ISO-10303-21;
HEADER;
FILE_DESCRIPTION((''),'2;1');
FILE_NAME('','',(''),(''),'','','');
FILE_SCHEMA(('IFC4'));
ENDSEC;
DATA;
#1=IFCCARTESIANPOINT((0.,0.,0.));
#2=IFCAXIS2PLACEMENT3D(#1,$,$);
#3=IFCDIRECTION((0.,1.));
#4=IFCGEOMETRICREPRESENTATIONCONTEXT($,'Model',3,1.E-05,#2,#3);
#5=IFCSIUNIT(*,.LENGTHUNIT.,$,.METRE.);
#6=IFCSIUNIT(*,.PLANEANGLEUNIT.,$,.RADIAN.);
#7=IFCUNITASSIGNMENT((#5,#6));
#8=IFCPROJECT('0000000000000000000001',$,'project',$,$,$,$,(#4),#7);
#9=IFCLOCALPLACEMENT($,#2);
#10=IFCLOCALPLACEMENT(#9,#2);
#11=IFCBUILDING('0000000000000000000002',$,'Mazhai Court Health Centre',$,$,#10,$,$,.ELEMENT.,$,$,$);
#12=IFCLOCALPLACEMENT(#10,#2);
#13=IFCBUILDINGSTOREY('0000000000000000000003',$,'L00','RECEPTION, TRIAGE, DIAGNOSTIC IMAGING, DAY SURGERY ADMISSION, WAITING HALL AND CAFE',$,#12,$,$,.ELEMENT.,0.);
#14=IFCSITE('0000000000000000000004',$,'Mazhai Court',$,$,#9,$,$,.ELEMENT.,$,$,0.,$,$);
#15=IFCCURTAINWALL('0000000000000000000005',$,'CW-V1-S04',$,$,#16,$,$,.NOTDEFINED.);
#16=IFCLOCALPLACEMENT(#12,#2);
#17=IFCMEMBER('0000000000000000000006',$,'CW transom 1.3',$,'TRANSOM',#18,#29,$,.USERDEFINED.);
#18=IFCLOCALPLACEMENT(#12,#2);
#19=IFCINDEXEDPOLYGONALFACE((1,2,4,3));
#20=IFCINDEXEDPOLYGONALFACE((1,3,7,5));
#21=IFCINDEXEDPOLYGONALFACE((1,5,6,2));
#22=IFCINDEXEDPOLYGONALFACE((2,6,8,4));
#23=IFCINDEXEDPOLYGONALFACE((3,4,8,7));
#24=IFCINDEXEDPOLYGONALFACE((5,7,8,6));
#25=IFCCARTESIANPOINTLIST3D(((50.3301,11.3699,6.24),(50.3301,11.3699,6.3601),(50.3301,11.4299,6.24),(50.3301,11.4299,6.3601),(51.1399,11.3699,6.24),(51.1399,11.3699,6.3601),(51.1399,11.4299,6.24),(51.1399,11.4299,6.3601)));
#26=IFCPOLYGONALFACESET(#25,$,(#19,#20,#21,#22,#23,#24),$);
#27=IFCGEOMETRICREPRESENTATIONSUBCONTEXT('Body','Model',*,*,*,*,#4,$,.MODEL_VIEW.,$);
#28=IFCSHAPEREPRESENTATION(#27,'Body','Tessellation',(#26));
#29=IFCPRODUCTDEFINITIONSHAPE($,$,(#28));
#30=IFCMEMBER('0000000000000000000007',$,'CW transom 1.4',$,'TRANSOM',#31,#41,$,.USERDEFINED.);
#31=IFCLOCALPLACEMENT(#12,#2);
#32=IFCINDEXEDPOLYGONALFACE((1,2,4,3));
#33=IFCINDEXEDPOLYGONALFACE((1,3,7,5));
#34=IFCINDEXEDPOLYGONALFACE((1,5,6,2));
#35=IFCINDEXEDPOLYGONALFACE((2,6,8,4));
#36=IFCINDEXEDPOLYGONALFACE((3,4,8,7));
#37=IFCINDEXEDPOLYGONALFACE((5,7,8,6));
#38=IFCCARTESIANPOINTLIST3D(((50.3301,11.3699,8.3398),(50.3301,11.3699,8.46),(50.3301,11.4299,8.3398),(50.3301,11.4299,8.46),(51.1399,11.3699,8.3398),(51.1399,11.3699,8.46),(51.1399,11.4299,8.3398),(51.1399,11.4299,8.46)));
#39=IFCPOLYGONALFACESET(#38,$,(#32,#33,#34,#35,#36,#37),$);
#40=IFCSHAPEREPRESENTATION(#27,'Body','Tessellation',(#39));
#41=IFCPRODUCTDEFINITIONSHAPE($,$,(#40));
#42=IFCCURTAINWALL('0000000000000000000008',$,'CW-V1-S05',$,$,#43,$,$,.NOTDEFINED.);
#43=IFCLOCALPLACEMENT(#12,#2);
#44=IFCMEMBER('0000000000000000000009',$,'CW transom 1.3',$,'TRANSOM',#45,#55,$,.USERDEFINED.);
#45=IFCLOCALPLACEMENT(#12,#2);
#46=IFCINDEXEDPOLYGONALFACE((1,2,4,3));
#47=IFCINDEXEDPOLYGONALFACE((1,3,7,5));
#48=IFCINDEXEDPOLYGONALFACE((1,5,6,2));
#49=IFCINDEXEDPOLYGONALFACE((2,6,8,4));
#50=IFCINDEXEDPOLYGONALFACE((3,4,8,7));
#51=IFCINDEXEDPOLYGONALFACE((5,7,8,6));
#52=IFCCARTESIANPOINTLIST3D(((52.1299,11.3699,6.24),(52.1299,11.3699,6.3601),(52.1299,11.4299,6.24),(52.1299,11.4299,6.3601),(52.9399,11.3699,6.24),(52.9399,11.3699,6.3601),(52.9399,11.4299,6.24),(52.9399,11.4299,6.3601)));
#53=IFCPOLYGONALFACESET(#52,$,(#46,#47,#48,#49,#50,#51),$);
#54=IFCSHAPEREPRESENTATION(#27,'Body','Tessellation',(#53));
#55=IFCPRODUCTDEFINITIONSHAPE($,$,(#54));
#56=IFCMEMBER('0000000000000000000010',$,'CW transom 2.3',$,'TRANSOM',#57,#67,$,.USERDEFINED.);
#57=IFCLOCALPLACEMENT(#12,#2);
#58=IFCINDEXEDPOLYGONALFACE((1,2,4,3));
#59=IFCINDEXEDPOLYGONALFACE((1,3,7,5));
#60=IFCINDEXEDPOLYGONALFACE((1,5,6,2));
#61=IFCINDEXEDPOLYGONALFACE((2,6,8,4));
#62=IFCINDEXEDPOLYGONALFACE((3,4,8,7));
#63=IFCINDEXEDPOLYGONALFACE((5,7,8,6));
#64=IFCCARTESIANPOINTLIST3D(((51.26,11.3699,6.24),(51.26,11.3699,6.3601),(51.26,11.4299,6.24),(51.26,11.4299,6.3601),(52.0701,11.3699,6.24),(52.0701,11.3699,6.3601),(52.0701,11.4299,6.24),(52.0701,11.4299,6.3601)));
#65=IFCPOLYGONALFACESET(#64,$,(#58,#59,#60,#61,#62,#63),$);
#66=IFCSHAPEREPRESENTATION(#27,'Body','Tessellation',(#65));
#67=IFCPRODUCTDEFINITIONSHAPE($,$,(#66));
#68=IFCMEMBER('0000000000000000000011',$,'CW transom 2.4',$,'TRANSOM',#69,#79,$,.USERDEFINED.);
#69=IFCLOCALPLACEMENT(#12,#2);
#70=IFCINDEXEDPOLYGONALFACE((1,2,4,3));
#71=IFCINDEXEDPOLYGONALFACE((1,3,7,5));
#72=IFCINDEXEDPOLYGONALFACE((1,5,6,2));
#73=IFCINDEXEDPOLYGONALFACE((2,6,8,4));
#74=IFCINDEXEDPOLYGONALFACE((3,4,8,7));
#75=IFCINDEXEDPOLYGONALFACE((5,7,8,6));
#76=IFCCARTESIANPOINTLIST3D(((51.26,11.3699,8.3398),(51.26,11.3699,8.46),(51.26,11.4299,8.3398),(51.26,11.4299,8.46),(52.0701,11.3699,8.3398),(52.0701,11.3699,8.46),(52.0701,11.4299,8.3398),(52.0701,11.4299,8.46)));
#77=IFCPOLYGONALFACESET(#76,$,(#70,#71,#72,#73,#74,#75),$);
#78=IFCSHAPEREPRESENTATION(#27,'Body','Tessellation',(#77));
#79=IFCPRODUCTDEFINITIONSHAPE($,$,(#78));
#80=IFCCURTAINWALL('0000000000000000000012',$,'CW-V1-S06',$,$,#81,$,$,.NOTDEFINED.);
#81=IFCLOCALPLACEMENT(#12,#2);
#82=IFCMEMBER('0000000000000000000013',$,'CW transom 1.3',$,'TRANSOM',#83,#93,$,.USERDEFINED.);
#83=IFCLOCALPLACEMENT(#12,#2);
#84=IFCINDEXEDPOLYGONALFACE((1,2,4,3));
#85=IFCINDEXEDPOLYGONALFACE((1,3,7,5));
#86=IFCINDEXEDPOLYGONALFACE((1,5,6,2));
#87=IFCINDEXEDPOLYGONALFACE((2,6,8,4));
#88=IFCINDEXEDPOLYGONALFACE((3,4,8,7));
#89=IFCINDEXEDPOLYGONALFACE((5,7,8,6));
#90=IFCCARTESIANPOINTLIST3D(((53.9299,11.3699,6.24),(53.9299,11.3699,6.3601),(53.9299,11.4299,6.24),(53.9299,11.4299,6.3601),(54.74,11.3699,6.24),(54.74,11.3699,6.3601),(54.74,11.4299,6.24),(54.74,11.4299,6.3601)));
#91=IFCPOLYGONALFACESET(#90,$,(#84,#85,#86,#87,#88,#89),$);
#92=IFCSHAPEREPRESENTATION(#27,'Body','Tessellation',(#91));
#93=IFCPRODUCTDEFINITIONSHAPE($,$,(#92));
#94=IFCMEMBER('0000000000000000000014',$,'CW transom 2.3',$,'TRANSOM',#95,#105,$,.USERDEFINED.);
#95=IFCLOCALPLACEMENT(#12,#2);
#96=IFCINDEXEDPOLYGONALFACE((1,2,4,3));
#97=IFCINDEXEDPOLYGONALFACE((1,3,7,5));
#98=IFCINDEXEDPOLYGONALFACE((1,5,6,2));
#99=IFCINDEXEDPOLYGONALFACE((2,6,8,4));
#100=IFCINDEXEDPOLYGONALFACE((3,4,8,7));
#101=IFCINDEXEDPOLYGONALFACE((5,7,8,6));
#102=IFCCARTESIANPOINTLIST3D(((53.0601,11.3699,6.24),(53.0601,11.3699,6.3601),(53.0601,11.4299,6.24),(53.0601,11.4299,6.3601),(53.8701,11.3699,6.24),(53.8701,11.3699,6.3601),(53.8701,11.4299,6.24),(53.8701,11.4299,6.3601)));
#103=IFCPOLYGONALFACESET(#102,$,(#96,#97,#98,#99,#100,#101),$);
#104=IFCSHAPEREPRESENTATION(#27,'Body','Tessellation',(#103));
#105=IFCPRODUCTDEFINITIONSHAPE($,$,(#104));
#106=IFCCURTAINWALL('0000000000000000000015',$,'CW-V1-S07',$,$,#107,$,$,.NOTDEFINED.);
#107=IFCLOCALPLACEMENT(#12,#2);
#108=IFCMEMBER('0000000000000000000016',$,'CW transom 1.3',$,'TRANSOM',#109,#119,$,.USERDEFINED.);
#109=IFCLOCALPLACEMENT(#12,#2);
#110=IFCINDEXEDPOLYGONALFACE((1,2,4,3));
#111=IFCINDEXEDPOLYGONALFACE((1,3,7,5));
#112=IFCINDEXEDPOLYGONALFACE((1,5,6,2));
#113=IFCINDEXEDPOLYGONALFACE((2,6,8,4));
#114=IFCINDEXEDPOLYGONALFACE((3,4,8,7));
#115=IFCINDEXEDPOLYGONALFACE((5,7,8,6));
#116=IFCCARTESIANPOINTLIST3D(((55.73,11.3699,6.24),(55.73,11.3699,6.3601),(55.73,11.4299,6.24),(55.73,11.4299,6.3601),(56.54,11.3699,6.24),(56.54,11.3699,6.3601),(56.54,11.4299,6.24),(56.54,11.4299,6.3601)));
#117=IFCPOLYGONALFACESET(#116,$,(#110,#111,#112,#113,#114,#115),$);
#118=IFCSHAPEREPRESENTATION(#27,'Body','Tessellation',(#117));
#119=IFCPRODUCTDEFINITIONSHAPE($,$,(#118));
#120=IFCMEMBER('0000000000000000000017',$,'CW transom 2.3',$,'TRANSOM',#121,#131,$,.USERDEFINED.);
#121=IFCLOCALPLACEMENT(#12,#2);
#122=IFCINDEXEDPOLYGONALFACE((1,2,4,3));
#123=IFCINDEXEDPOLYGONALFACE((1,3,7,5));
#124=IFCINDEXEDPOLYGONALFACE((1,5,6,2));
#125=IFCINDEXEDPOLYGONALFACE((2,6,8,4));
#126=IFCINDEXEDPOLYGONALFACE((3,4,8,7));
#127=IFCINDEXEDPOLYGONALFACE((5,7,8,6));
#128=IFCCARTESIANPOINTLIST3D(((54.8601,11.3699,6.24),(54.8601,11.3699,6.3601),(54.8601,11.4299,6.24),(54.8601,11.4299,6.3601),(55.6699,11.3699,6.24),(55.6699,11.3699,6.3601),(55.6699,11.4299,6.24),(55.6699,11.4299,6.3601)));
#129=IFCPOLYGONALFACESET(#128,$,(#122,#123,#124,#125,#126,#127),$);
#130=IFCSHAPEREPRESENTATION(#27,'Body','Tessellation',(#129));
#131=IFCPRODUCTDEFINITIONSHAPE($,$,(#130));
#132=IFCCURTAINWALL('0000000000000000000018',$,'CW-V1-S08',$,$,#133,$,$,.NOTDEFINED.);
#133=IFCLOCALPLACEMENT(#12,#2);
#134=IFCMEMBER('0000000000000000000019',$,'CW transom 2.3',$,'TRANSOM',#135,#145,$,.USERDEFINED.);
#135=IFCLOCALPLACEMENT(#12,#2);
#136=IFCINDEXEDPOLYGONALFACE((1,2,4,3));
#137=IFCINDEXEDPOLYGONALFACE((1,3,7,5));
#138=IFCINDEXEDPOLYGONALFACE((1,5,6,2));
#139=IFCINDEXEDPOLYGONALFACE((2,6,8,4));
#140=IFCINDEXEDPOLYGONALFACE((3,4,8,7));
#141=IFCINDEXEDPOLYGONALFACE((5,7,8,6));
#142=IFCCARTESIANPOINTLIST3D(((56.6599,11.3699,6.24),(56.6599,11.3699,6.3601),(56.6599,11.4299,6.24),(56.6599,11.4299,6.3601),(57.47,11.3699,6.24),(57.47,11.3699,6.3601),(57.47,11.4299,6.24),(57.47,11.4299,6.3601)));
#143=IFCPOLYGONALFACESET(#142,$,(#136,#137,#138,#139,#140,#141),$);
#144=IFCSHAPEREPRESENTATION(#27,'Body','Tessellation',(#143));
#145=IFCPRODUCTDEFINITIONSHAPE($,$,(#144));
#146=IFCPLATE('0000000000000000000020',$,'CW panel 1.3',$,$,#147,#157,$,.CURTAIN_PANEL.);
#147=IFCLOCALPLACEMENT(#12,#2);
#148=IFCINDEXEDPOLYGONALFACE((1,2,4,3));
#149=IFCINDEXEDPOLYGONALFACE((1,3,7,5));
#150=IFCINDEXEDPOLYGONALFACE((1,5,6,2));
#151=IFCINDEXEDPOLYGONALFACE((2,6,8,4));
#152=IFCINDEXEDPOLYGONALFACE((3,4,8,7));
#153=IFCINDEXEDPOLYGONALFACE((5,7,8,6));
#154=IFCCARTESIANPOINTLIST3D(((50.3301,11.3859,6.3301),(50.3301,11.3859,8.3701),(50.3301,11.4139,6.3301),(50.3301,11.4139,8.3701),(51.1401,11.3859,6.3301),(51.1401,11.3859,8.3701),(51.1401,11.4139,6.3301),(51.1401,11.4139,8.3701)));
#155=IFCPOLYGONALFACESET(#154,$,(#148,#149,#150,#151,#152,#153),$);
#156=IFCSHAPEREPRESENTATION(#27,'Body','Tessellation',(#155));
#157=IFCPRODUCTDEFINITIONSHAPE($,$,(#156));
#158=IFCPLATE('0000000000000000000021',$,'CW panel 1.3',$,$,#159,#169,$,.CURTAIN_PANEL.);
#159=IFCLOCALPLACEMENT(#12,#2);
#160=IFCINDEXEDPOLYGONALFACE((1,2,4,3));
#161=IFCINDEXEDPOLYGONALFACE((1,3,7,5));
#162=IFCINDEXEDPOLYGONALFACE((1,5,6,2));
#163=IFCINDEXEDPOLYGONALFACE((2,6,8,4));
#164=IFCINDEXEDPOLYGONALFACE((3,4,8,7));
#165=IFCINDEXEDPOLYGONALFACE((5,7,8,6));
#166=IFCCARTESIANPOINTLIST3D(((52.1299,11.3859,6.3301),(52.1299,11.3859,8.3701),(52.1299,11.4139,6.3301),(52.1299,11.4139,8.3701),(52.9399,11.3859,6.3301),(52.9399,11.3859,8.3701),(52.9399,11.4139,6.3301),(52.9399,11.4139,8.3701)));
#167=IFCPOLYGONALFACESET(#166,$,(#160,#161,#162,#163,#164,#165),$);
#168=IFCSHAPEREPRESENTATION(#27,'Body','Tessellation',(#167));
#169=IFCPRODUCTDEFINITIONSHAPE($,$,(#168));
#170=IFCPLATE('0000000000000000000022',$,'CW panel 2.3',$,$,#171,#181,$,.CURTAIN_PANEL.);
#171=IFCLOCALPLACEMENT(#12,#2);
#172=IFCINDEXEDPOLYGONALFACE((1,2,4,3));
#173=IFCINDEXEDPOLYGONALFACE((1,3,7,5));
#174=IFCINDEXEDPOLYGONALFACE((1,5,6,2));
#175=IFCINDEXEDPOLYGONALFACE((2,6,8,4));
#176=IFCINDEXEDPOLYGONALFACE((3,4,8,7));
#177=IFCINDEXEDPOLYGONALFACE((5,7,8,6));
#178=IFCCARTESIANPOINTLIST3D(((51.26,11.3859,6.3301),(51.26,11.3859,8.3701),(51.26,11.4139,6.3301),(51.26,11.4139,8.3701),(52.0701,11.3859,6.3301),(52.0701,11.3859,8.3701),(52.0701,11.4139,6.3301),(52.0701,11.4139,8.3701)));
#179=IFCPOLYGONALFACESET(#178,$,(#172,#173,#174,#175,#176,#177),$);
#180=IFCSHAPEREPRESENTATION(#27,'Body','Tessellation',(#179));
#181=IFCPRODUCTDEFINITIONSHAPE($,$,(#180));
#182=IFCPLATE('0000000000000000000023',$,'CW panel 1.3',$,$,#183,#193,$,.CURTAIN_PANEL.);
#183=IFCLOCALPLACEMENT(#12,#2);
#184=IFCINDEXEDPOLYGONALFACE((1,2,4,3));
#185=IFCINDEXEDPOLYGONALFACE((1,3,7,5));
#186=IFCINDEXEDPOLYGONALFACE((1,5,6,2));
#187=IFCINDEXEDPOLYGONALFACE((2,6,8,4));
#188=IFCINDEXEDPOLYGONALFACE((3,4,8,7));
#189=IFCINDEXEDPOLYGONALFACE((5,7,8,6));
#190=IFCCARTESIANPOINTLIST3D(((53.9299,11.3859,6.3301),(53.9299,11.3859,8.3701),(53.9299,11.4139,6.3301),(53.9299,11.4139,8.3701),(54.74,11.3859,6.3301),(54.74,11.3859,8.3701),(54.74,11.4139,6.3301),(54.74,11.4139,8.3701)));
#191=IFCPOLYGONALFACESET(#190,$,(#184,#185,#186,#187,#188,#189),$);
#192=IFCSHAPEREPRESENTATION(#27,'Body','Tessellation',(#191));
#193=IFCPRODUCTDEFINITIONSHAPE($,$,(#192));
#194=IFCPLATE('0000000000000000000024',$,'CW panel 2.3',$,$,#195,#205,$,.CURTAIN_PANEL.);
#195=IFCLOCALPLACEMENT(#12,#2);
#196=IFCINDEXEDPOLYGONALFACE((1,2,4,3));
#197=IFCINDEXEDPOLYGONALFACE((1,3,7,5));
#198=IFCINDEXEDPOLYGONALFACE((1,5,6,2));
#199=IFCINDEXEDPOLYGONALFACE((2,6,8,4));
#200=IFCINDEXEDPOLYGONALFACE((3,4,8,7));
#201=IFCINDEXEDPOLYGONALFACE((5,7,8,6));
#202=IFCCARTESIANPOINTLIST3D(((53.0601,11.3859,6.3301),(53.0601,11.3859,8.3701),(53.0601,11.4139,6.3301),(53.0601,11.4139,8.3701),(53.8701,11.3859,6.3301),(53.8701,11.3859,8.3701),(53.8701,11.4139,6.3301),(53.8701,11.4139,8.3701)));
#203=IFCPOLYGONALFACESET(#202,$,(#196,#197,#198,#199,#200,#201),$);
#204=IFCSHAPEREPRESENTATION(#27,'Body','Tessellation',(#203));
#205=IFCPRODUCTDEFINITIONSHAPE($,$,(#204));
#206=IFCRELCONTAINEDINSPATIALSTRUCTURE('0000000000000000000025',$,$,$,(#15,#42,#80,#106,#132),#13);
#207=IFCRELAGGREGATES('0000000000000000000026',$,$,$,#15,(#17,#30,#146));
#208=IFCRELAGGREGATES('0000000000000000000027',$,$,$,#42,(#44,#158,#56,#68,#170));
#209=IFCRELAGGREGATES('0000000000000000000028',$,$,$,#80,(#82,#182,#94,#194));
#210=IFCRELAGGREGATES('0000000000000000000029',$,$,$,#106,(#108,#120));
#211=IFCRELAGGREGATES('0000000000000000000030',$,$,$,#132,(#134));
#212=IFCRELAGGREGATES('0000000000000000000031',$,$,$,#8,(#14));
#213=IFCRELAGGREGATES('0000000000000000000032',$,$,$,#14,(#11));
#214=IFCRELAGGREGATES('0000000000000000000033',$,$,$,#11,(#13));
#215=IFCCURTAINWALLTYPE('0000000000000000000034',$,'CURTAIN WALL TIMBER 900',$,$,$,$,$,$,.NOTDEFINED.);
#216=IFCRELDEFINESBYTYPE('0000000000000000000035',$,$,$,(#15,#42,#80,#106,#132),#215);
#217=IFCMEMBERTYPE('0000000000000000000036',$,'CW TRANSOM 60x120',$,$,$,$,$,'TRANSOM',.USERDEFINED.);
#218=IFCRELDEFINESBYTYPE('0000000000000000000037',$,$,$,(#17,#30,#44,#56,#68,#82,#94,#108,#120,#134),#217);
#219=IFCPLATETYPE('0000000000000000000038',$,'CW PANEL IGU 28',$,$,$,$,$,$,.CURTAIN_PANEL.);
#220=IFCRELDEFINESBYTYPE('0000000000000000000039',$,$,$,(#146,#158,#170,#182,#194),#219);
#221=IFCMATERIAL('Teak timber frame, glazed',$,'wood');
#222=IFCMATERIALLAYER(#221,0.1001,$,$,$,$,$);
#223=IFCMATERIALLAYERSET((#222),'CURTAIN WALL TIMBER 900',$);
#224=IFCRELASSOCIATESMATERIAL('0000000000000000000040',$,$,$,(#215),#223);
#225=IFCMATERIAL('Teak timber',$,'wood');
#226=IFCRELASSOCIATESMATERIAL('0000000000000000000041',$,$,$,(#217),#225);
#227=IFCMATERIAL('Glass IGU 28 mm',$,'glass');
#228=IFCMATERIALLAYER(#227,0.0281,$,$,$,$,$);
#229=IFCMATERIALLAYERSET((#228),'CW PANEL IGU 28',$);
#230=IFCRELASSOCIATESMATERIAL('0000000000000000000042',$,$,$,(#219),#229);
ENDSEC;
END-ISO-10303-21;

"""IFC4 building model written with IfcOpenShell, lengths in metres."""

from ifc_helpers import new_model, si_unit, direction, frame, origin, origin_2d, place, context, subcontext, project, spatial, rectangle, extrude, material, layer, layer_set, material_profile, profile_set, type_object, element, aggregate, save


model = new_model("IFC4")

# Units and contexts
model_context = context("Model", 3, precision=1e-05, world=origin(), true_north=direction((0.0, 1.0)))
body_context = subcontext(model_context, "Body", "Model", "MODEL_VIEW")
ifc_project = project(units=[si_unit("LENGTHUNIT", "METRE"), si_unit("PLANEANGLEUNIT", "RADIAN")], contexts=[model_context])

# Site, building, storey
site_placement = place(None, origin())
site = spatial("IfcSite", under=ifc_project, at=site_placement, Name="Mazhai Court", CompositionType="ELEMENT", RefElevation=0.0)
building_placement = place(site_placement, origin())
building = spatial("IfcBuilding", under=site, at=building_placement, Name="Mazhai Court Health Centre", CompositionType="ELEMENT")
storey_placement = place(building_placement, origin())
storey = spatial("IfcBuildingStorey", under=building, at=storey_placement, Name="L00", Description="RECEPTION, TRIAGE, DIAGNOSTIC IMAGING, DAY SURGERY ADMISSION, WAITING HALL AND CAFE", CompositionType="ELEMENT", Elevation=0.0)

# Curtain walls, members
ifc_material_1 = material(Name="Teak timber frame, glazed", Category="wood")
ifc_layer_1 = layer(ifc_material_1, 0.1001)
ifc_layer_set_1 = layer_set([ifc_layer_1], Name="CURTAIN WALL TIMBER 900")
curtain_wall_type = type_object("IfcCurtainWallType", Name="CURTAIN WALL TIMBER 900", PredefinedType="NOTDEFINED", material=ifc_layer_set_1)
curtain_wall_1_placement = place(storey_placement, origin())
curtain_wall_1 = element("IfcCurtainWall", 1, at=curtain_wall_1_placement, inside=storey, type_object=curtain_wall_type, Name="CW-V1-S04", PredefinedType="NOTDEFINED")
ifc_material_2 = material(Name="Teak timber", Category="wood")
ifc_material_profile = material_profile(ifc_material_2, rectangle(XDim=0.0601, YDim=0.1201, at=origin_2d()), Name="CW TRANSOM 60x120")
ifc_profile_set = profile_set([ifc_material_profile], Name="Teak timber")
member_type = type_object("IfcMemberType", Name="CW TRANSOM 60x120", ElementType="TRANSOM", PredefinedType="USERDEFINED", material=ifc_profile_set)
member_1_placement = place(storey_placement, frame((51.1399, 11.3999, 6.3), z_axis=(-1.0, 0.0, 0.0), x_axis=(0.0, -1.0, 0.0)))
member_1 = element("IfcMember", 2, at=member_1_placement, type_object=member_type, Name="CW transom 1.3", ObjectType="TRANSOM", PredefinedType="USERDEFINED", context=body_context, shape_type="SweptSolid", body=[
    extrude(rectangle(XDim=0.0601, YDim=0.1201, at=origin_2d()), origin(), (0.0, 0.0, 1.0), 0.8098),
])
member_2_placement = place(storey_placement, frame((51.1399, 11.3999, 8.3999), z_axis=(-1.0, 0.0, 0.0), x_axis=(0.0, -1.0, 0.0)))
member_2 = element("IfcMember", 3, at=member_2_placement, type_object=member_type, Name="CW transom 1.4", ObjectType="TRANSOM", PredefinedType="USERDEFINED", context=body_context, shape_type="SweptSolid", body=[
    extrude(rectangle(XDim=0.0601, YDim=0.1201, at=origin_2d()), origin(), (0.0, 0.0, 1.0), 0.8098),
])
curtain_wall_2_placement = place(storey_placement, origin())
curtain_wall_2 = element("IfcCurtainWall", 4, at=curtain_wall_2_placement, inside=storey, type_object=curtain_wall_type, Name="CW-V1-S05", PredefinedType="NOTDEFINED")
member_3_placement = place(storey_placement, frame((52.9399, 11.3999, 6.3), z_axis=(-1.0, 0.0, 0.0), x_axis=(0.0, -1.0, 0.0)))
member_3 = element("IfcMember", 5, at=member_3_placement, type_object=member_type, Name="CW transom 1.3", ObjectType="TRANSOM", PredefinedType="USERDEFINED", context=body_context, shape_type="SweptSolid", body=[
    extrude(rectangle(XDim=0.0601, YDim=0.1201, at=origin_2d()), origin(), (0.0, 0.0, 1.0), 0.8101),
])
member_4_placement = place(storey_placement, frame((52.0701, 11.3999, 6.3), z_axis=(-1.0, 0.0, 0.0), x_axis=(0.0, -1.0, 0.0)))
member_4 = element("IfcMember", 6, at=member_4_placement, type_object=member_type, Name="CW transom 2.3", ObjectType="TRANSOM", PredefinedType="USERDEFINED", context=body_context, shape_type="SweptSolid", body=[
    extrude(rectangle(XDim=0.0601, YDim=0.1201, at=origin_2d()), origin(), (0.0, 0.0, 1.0), 0.8101),
])
member_5_placement = place(storey_placement, frame((52.0701, 11.3999, 8.3999), z_axis=(-1.0, 0.0, 0.0), x_axis=(0.0, -1.0, 0.0)))
member_5 = element("IfcMember", 7, at=member_5_placement, type_object=member_type, Name="CW transom 2.4", ObjectType="TRANSOM", PredefinedType="USERDEFINED", context=body_context, shape_type="SweptSolid", body=[
    extrude(rectangle(XDim=0.0601, YDim=0.1201, at=origin_2d()), origin(), (0.0, 0.0, 1.0), 0.8101),
])
curtain_wall_3_placement = place(storey_placement, origin())
curtain_wall_3 = element("IfcCurtainWall", 8, at=curtain_wall_3_placement, inside=storey, type_object=curtain_wall_type, Name="CW-V1-S06", PredefinedType="NOTDEFINED")
member_6_placement = place(storey_placement, frame((54.74, 11.3999, 6.3), z_axis=(-1.0, 0.0, 0.0), x_axis=(0.0, -1.0, 0.0)))
member_6 = element("IfcMember", 9, at=member_6_placement, type_object=member_type, Name="CW transom 1.3", ObjectType="TRANSOM", PredefinedType="USERDEFINED", context=body_context, shape_type="SweptSolid", body=[
    extrude(rectangle(XDim=0.0601, YDim=0.1201, at=origin_2d()), origin(), (0.0, 0.0, 1.0), 0.8101),
])
member_7_placement = place(storey_placement, frame((53.8701, 11.3999, 6.3), z_axis=(-1.0, 0.0, 0.0), x_axis=(0.0, -1.0, 0.0)))
member_7 = element("IfcMember", 10, at=member_7_placement, type_object=member_type, Name="CW transom 2.3", ObjectType="TRANSOM", PredefinedType="USERDEFINED", context=body_context, shape_type="SweptSolid", body=[
    extrude(rectangle(XDim=0.0601, YDim=0.1201, at=origin_2d()), origin(), (0.0, 0.0, 1.0), 0.8101),
])
curtain_wall_4_placement = place(storey_placement, origin())
curtain_wall_4 = element("IfcCurtainWall", 11, at=curtain_wall_4_placement, inside=storey, type_object=curtain_wall_type, Name="CW-V1-S07", PredefinedType="NOTDEFINED")
member_8_placement = place(storey_placement, frame((56.54, 11.3999, 6.3), z_axis=(-1.0, 0.0, 0.0), x_axis=(0.0, -1.0, 0.0)))
member_8 = element("IfcMember", 12, at=member_8_placement, type_object=member_type, Name="CW transom 1.3", ObjectType="TRANSOM", PredefinedType="USERDEFINED", context=body_context, shape_type="SweptSolid", body=[
    extrude(rectangle(XDim=0.0601, YDim=0.1201, at=origin_2d()), origin(), (0.0, 0.0, 1.0), 0.8101),
])
member_9_placement = place(storey_placement, frame((55.6699, 11.3999, 6.3), z_axis=(-1.0, 0.0, 0.0), x_axis=(0.0, -1.0, 0.0)))
member_9 = element("IfcMember", 13, at=member_9_placement, type_object=member_type, Name="CW transom 2.3", ObjectType="TRANSOM", PredefinedType="USERDEFINED", context=body_context, shape_type="SweptSolid", body=[
    extrude(rectangle(XDim=0.0601, YDim=0.1201, at=origin_2d()), origin(), (0.0, 0.0, 1.0), 0.8098),
])

# Curtain wall, member
curtain_wall_5_placement = place(storey_placement, origin())
curtain_wall_5 = element("IfcCurtainWall", 14, at=curtain_wall_5_placement, inside=storey, type_object=curtain_wall_type, Name="CW-V1-S08", PredefinedType="NOTDEFINED")
member_10_placement = place(storey_placement, frame((57.47, 11.3999, 6.3), z_axis=(-1.0, 0.0, 0.0), x_axis=(0.0, -1.0, 0.0)))
member_10 = element("IfcMember", 15, at=member_10_placement, type_object=member_type, Name="CW transom 2.3", ObjectType="TRANSOM", PredefinedType="USERDEFINED", context=body_context, shape_type="SweptSolid", body=[
    extrude(rectangle(XDim=0.0601, YDim=0.1201, at=origin_2d()), origin(), (0.0, 0.0, 1.0), 0.8101),
])

# Plates
ifc_material_3 = material(Name="Glass IGU 28 mm", Category="glass")
ifc_layer_2 = layer(ifc_material_3, 0.0281)
ifc_layer_set_2 = layer_set([ifc_layer_2], Name="CW PANEL IGU 28")
plate_type = type_object("IfcPlateType", Name="CW PANEL IGU 28", PredefinedType="CURTAIN_PANEL", material=ifc_layer_set_2)
plate_1_placement = place(storey_placement, frame((50.7351, 11.3999, 6.3301), z_axis=(0.0, 0.0, 1.0), x_axis=(-1.0, 0.0, 0.0)))
plate_1 = element("IfcPlate", 16, at=plate_1_placement, type_object=plate_type, Name="CW panel 1.3", PredefinedType="CURTAIN_PANEL", context=body_context, shape_type="SweptSolid", body=[
    extrude(rectangle(XDim=0.8101, YDim=0.0281, at=origin_2d()), origin(), (0.0, 0.0, 1.0), 2.04),
])
aggregate(curtain_wall_1, [member_1, member_2, plate_1])
plate_2_placement = place(storey_placement, frame((52.5349, 11.3999, 6.3301), z_axis=(0.0, 0.0, 1.0), x_axis=(-1.0, 0.0, 0.0)))
plate_2 = element("IfcPlate", 17, at=plate_2_placement, type_object=plate_type, Name="CW panel 1.3", PredefinedType="CURTAIN_PANEL", context=body_context, shape_type="SweptSolid", body=[
    extrude(rectangle(XDim=0.8101, YDim=0.0281, at=origin_2d()), origin(), (0.0, 0.0, 1.0), 2.04),
])
plate_3_placement = place(storey_placement, frame((51.665, 11.3999, 6.3301), z_axis=(0.0, 0.0, 1.0), x_axis=(-1.0, 0.0, 0.0)))
plate_3 = element("IfcPlate", 18, at=plate_3_placement, type_object=plate_type, Name="CW panel 2.3", PredefinedType="CURTAIN_PANEL", context=body_context, shape_type="SweptSolid", body=[
    extrude(rectangle(XDim=0.8101, YDim=0.0281, at=origin_2d()), origin(), (0.0, 0.0, 1.0), 2.04),
])
aggregate(curtain_wall_2, [member_3, plate_2, member_4, member_5, plate_3])
plate_4_placement = place(storey_placement, frame((54.335, 11.3999, 6.3301), z_axis=(0.0, 0.0, 1.0), x_axis=(-1.0, 0.0, 0.0)))
plate_4 = element("IfcPlate", 19, at=plate_4_placement, type_object=plate_type, Name="CW panel 1.3", PredefinedType="CURTAIN_PANEL", context=body_context, shape_type="SweptSolid", body=[
    extrude(rectangle(XDim=0.8101, YDim=0.0281, at=origin_2d()), origin(), (0.0, 0.0, 1.0), 2.04),
])
plate_5_placement = place(storey_placement, frame((53.4651, 11.3999, 6.3301), z_axis=(0.0, 0.0, 1.0), x_axis=(-1.0, 0.0, 0.0)))
plate_5 = element("IfcPlate", 20, at=plate_5_placement, type_object=plate_type, Name="CW panel 2.3", PredefinedType="CURTAIN_PANEL", context=body_context, shape_type="SweptSolid", body=[
    extrude(rectangle(XDim=0.8101, YDim=0.0281, at=origin_2d()), origin(), (0.0, 0.0, 1.0), 2.04),
])
aggregate(curtain_wall_3, [member_6, plate_4, member_7, plate_5])
aggregate(curtain_wall_4, [member_8, member_9])
aggregate(curtain_wall_5, [member_10])

save(model, "model.ifc")
